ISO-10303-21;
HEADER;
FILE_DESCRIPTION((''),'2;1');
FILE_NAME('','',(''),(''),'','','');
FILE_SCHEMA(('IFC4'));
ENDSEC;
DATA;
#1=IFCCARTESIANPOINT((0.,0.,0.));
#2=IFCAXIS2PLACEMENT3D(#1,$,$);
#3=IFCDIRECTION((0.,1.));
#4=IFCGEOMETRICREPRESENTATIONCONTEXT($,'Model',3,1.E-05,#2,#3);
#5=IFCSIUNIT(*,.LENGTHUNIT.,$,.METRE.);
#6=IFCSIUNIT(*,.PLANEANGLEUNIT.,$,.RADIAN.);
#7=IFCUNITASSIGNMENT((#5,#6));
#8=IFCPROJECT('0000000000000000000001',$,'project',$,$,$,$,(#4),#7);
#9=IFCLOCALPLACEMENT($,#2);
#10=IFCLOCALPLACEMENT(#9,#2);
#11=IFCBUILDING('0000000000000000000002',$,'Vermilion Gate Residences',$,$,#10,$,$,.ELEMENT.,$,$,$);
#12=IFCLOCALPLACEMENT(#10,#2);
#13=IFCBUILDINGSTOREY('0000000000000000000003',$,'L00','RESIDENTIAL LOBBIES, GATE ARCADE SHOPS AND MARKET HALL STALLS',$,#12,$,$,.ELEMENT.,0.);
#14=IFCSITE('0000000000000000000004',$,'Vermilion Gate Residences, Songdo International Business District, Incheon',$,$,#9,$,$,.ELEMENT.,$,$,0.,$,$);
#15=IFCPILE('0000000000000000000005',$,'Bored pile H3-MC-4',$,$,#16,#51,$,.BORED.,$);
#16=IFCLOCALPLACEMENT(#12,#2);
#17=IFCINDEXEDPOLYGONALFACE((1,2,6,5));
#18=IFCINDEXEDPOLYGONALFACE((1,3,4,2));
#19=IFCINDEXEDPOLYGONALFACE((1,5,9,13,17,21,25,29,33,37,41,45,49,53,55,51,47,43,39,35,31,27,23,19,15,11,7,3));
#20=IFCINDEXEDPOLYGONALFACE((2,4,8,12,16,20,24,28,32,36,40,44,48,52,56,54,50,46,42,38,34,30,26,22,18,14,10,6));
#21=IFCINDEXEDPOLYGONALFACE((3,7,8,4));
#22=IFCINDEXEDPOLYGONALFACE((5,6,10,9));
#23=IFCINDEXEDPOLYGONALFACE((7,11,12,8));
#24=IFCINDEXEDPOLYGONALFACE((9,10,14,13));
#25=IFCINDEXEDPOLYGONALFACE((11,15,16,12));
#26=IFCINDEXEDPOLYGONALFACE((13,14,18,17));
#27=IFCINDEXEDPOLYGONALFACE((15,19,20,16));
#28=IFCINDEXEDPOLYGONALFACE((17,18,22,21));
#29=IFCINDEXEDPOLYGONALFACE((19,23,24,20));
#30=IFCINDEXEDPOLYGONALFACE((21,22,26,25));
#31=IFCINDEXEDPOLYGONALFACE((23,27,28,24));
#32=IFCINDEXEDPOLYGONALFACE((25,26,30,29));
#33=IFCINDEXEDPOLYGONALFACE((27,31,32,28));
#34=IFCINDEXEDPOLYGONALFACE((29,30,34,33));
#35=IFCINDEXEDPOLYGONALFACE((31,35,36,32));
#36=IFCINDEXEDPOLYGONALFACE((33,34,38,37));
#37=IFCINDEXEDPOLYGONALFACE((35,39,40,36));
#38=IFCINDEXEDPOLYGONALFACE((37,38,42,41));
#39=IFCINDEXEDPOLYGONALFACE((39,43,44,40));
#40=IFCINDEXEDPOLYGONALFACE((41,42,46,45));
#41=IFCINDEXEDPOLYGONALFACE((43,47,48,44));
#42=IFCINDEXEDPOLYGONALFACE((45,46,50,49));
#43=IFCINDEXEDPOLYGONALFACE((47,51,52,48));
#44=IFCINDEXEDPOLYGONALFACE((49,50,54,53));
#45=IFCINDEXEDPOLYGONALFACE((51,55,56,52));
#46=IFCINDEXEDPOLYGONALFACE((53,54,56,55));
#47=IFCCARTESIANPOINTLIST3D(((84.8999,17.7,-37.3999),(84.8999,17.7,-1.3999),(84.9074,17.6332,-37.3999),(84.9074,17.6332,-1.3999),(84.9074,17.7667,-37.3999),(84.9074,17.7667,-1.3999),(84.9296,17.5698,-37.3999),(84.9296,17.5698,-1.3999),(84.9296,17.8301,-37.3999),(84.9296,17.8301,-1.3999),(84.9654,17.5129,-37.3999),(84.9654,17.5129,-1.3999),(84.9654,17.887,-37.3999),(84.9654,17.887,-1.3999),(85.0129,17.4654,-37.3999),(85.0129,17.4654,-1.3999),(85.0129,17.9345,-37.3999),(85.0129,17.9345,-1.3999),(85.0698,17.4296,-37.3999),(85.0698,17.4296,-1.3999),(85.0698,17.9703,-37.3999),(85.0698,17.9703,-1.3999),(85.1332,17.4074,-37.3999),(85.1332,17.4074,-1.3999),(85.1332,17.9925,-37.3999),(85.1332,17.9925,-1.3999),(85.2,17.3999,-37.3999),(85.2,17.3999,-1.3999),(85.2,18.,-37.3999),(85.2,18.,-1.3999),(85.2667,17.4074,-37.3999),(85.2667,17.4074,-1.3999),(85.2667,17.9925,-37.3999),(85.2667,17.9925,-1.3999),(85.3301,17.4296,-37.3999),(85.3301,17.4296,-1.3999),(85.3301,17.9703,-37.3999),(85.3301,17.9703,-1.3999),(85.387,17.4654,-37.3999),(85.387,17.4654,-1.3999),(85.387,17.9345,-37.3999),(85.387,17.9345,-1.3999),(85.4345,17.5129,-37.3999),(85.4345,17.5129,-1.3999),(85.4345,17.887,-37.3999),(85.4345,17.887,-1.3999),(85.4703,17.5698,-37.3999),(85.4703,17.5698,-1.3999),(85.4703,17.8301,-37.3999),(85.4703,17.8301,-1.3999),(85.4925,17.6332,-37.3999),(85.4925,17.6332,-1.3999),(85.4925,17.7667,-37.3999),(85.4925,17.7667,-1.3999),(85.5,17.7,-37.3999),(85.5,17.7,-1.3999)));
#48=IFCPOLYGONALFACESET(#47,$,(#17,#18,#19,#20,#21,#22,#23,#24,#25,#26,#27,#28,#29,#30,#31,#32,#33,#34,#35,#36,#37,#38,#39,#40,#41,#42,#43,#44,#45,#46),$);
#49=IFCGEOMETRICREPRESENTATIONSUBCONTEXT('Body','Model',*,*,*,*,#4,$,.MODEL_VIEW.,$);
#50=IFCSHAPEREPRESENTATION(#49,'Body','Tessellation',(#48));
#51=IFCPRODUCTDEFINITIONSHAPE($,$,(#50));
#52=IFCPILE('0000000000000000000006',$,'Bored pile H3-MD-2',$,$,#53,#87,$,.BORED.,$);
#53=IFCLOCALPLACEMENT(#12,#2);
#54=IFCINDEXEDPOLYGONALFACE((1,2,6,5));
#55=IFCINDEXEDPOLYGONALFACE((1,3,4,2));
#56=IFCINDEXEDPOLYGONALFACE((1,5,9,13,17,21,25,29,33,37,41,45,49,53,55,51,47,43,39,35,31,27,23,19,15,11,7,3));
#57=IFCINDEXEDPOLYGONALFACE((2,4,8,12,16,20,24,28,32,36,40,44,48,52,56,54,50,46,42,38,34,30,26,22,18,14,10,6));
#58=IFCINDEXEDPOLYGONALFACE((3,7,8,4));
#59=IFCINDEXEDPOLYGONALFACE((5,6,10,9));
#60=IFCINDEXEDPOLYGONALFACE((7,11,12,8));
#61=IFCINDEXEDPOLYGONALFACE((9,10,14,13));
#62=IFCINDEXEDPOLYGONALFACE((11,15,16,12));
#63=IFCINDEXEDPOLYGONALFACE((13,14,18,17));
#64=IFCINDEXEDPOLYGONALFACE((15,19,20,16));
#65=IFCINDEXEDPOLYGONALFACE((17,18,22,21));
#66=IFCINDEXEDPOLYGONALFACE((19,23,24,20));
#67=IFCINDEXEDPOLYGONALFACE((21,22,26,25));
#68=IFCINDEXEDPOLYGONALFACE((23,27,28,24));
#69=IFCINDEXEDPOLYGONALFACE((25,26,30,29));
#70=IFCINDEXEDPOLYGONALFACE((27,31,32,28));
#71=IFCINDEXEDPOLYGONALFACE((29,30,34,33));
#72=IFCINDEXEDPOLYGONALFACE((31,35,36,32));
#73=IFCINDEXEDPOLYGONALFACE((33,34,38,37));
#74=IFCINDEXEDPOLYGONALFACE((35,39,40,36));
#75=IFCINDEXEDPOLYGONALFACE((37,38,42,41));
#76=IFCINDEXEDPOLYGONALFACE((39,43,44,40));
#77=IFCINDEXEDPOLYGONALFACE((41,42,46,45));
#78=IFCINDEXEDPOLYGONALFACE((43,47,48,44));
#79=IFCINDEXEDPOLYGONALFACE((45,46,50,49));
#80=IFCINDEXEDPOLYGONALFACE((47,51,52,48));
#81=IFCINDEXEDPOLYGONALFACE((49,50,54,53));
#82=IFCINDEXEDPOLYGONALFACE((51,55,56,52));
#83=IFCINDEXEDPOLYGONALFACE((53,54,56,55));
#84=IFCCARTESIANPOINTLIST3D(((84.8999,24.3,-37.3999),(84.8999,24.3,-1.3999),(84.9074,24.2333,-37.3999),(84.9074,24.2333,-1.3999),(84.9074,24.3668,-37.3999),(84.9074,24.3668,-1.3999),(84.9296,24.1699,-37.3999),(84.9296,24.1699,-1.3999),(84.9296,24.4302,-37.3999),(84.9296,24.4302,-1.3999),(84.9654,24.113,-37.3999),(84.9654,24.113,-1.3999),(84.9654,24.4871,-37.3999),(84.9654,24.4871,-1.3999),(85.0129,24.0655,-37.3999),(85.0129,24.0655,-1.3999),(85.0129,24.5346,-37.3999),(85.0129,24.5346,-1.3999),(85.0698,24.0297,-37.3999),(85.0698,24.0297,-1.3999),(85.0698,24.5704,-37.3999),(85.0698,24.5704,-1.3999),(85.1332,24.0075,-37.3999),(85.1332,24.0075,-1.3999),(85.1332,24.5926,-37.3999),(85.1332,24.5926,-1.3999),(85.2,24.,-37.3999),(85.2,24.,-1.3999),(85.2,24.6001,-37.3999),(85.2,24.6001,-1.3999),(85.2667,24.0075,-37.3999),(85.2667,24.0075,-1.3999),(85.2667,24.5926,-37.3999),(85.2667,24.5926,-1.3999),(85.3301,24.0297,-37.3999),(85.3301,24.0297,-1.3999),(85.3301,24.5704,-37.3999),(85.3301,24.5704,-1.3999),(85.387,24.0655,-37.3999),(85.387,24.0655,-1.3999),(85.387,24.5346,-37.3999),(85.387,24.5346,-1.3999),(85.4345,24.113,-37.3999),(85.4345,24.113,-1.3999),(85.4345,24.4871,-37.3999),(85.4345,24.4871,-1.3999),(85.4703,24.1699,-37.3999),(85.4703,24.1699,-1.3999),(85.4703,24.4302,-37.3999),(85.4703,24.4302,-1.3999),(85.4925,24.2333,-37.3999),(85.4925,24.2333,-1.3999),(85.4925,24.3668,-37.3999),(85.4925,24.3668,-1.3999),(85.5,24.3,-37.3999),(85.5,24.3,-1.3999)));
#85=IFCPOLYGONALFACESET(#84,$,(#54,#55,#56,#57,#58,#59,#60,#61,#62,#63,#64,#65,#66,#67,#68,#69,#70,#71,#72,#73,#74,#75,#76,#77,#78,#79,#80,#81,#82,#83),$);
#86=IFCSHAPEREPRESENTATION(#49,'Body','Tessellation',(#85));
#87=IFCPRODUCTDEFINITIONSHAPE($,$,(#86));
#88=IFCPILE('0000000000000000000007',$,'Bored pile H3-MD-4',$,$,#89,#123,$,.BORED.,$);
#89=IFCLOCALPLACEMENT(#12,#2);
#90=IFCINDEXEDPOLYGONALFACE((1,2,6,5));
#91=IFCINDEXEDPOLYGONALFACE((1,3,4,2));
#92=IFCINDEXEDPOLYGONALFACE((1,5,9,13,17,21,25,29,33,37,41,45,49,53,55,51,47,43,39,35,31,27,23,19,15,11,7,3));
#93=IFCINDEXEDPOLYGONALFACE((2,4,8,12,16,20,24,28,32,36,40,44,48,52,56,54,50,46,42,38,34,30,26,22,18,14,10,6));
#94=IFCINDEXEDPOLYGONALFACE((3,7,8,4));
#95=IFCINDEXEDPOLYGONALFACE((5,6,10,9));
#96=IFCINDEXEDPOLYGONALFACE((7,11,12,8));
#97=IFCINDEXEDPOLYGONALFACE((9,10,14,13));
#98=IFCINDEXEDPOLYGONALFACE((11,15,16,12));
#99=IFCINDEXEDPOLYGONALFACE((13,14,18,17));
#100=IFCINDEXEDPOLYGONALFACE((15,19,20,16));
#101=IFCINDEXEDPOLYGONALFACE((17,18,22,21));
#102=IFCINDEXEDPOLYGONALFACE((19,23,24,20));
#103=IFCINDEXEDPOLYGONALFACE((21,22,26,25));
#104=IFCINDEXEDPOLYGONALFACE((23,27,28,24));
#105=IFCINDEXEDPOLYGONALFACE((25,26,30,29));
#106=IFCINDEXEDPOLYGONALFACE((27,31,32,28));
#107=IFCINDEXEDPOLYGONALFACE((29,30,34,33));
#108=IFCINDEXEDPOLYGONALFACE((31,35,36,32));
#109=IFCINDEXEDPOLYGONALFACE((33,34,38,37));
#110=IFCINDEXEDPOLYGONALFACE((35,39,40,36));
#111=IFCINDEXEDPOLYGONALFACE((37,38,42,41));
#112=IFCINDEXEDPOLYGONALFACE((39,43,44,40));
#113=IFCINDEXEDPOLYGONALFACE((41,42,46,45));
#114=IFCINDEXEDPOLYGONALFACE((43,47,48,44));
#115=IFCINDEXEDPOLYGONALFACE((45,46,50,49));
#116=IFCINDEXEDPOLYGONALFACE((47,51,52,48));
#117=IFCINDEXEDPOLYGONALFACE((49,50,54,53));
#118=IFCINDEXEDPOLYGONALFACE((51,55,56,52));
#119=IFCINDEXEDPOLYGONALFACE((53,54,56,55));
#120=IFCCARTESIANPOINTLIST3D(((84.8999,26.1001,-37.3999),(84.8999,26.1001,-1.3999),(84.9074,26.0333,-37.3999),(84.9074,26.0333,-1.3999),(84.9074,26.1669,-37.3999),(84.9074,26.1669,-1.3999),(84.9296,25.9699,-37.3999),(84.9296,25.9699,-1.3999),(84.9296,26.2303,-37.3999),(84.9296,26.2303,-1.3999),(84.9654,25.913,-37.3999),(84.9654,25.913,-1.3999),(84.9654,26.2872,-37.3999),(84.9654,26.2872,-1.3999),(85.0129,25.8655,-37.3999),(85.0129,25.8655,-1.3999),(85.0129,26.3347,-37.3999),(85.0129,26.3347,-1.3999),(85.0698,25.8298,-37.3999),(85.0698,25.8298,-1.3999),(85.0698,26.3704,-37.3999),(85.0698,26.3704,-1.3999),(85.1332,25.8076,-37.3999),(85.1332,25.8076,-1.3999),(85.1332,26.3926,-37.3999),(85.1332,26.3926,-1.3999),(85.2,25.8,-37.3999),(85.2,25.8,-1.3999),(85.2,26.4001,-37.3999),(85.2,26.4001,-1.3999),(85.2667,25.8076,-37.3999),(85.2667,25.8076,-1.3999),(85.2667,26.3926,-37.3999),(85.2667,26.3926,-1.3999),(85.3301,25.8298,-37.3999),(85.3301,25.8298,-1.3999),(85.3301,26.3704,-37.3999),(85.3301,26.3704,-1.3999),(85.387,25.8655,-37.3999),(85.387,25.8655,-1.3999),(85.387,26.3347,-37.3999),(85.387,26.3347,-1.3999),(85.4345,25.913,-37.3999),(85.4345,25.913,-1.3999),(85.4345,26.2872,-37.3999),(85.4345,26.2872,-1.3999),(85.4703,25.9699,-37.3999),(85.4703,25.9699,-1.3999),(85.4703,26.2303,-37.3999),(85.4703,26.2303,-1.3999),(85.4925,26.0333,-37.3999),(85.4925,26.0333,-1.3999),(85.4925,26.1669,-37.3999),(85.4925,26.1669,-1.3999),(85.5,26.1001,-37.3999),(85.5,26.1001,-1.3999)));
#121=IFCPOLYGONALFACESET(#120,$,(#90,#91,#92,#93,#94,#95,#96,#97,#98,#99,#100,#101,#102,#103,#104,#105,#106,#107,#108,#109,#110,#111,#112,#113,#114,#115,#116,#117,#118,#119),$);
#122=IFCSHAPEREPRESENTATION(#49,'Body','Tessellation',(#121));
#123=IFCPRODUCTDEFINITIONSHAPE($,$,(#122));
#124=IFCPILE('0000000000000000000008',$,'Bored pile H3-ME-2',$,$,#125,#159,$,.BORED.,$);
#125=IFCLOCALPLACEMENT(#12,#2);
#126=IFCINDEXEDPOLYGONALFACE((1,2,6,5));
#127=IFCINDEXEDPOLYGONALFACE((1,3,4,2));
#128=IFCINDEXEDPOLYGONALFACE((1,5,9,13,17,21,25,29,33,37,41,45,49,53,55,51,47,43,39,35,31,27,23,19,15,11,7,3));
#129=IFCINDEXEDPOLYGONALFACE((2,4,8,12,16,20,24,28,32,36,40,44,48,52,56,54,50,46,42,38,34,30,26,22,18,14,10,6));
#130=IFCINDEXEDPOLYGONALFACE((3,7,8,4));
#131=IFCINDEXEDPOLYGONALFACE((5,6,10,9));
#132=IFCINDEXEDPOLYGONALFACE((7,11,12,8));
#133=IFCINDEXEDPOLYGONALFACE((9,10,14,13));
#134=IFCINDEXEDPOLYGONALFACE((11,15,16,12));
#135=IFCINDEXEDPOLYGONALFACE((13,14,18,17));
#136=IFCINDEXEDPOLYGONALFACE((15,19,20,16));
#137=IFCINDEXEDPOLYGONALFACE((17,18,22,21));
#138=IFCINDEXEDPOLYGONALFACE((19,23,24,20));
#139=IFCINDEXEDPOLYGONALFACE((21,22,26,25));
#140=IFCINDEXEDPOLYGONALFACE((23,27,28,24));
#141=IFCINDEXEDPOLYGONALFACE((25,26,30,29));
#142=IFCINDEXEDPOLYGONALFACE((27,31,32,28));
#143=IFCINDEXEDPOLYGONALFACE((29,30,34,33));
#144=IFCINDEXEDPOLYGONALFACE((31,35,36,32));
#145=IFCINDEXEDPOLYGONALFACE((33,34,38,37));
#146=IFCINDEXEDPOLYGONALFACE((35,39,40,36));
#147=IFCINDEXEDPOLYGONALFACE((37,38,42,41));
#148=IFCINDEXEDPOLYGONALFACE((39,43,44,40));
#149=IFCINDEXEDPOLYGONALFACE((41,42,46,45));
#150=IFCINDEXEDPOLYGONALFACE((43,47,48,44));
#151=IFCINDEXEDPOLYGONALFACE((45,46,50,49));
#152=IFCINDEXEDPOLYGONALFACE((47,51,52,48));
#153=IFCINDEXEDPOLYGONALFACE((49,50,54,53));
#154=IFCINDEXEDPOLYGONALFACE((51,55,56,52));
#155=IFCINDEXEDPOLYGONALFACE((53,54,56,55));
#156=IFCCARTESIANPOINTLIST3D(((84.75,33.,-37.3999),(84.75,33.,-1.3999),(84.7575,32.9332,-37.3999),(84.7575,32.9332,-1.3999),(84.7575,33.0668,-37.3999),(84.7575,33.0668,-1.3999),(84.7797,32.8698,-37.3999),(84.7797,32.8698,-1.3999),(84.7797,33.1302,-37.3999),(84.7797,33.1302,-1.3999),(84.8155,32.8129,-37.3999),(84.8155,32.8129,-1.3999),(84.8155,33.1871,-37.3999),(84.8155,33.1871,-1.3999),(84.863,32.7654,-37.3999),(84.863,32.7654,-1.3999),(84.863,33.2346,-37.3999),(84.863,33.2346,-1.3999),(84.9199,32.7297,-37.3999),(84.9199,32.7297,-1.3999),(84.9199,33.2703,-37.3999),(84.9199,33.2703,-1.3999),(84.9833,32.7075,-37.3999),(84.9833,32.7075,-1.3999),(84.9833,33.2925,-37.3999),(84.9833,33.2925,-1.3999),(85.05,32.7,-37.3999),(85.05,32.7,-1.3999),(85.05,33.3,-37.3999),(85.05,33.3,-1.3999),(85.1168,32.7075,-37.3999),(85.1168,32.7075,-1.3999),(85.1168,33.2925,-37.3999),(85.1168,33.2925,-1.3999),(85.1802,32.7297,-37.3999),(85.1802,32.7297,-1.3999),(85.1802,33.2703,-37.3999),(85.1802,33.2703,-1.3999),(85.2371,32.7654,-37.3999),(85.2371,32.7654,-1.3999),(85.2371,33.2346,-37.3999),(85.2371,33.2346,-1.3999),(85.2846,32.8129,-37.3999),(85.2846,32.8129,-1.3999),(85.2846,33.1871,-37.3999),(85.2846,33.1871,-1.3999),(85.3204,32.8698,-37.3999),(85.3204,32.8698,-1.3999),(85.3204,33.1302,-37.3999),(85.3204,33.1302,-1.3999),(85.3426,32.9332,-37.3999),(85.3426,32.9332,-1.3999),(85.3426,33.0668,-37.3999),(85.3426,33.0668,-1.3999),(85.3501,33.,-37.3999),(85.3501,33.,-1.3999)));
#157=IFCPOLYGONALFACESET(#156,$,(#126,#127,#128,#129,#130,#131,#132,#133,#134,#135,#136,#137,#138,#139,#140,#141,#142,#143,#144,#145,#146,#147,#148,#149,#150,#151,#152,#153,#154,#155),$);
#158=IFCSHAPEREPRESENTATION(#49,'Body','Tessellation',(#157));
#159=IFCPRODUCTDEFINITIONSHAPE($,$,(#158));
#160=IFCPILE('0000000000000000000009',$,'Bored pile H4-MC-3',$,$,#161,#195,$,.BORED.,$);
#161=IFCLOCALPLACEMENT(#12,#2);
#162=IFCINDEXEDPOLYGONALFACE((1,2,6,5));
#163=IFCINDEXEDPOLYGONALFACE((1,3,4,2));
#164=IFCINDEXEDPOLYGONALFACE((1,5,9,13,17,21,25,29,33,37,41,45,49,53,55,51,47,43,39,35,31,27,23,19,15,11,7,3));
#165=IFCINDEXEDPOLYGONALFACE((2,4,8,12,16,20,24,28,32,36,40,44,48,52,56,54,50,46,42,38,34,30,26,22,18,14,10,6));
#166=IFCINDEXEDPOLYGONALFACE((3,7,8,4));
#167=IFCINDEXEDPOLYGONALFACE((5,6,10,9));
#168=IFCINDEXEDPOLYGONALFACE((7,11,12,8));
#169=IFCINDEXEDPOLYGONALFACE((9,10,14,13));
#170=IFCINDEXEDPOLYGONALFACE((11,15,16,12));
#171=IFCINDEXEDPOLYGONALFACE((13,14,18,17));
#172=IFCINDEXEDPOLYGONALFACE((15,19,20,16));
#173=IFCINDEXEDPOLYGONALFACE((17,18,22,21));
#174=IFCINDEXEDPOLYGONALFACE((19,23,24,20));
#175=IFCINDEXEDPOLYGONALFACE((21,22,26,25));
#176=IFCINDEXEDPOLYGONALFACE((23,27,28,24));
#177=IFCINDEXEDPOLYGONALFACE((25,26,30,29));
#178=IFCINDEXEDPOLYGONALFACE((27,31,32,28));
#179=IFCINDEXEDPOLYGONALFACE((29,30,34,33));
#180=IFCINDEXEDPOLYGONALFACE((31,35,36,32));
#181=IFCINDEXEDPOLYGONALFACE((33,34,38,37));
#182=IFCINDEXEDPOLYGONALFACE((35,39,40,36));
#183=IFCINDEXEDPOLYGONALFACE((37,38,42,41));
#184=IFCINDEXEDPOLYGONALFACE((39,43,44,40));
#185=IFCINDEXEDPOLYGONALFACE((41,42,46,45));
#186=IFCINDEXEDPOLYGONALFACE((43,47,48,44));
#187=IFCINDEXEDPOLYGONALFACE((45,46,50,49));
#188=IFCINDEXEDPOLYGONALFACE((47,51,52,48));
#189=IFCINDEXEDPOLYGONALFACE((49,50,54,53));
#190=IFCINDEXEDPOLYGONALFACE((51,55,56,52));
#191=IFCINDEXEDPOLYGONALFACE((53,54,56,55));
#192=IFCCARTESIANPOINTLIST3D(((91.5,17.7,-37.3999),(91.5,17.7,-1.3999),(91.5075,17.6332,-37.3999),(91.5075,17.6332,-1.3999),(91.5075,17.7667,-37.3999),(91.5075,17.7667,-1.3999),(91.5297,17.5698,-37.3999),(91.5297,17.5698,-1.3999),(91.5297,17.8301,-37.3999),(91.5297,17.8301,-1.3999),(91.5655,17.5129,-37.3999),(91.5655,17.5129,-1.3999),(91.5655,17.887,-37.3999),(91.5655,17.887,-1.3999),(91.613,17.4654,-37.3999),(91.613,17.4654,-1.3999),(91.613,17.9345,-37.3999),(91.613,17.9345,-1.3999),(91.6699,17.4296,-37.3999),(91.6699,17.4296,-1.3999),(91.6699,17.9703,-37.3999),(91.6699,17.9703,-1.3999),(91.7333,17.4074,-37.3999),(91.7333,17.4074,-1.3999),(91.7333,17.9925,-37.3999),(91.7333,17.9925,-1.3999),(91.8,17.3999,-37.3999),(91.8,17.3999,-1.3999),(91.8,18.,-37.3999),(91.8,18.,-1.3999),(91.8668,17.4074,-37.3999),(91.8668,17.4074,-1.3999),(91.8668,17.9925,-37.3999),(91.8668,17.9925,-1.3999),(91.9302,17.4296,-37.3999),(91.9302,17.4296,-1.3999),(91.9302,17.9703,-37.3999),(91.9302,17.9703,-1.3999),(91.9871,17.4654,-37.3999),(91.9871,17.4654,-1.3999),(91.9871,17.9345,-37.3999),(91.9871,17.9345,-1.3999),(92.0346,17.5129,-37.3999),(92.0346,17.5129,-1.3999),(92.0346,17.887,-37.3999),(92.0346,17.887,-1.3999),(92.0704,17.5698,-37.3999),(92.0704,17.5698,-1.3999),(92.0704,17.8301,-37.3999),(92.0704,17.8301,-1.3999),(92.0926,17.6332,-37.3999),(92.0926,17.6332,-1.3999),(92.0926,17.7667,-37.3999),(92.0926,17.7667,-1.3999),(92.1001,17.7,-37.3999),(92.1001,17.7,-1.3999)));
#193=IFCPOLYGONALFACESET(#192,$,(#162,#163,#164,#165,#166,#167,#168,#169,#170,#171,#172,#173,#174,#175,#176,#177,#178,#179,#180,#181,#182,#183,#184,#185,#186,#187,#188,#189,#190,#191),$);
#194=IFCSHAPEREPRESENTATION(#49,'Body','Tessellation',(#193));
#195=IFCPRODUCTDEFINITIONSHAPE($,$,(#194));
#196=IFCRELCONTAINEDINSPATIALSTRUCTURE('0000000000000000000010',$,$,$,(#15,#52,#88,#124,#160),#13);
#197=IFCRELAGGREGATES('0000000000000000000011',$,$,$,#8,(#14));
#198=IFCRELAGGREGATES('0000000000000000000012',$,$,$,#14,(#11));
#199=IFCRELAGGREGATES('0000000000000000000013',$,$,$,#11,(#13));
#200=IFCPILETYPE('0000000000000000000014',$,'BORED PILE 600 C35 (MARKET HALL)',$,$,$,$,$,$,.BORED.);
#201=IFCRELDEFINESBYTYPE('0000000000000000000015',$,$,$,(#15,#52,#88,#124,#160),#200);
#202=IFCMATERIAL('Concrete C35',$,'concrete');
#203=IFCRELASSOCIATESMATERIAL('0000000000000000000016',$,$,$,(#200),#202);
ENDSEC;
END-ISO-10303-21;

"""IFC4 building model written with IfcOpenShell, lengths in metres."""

from ifc_helpers import new_model, si_unit, direction, frame, origin, origin_2d, place, context, subcontext, project, spatial, circle, extrude, material, material_profile, profile_set, type_object, element, save


model = new_model("IFC4")

# Units and contexts
model_context = context("Model", 3, precision=1e-05, world=origin(), true_north=direction((0.0, 1.0)))
body_context = subcontext(model_context, "Body", "Model", "MODEL_VIEW")
ifc_project = project(units=[si_unit("LENGTHUNIT", "METRE"), si_unit("PLANEANGLEUNIT", "RADIAN")], contexts=[model_context])

# Site, building, storey
site_placement = place(None, origin())
site = spatial("IfcSite", under=ifc_project, at=site_placement, Name="Vermilion Gate Residences, Songdo International Business District, Incheon", CompositionType="ELEMENT", RefElevation=0.0)
building_placement = place(site_placement, origin())
building = spatial("IfcBuilding", under=site, at=building_placement, Name="Vermilion Gate Residences", CompositionType="ELEMENT")
storey_placement = place(building_placement, origin())
storey = spatial("IfcBuildingStorey", under=building, at=storey_placement, Name="L00", Description="RESIDENTIAL LOBBIES, GATE ARCADE SHOPS AND MARKET HALL STALLS", CompositionType="ELEMENT", Elevation=0.0)

# Piles
ifc_material_1 = material(Name="Concrete C35", Category="concrete")
ifc_material_profile_1 = material_profile(ifc_material_1, circle(Radius=0.3, at=origin_2d()), Name="BORED PILE 600 C35 (MARKET HALL)")
ifc_profile_set_1 = profile_set([ifc_material_profile_1], Name="Concrete C35")
pile_type = type_object("IfcPileType", Name="BORED PILE 600 C35 (MARKET HALL)", PredefinedType="BORED", material=ifc_profile_set_1)
for number, where, z_axis, x_axis, name in (
    (1, (85.2, 17.7, -1.3999), (0.0, 0.0, -1.0), (1.0, 0.0, 0.0), "Bored pile H3-MC-4"),
    (2, (85.2, 24.3, -1.3999), (0.0, 0.0, -1.0), (1.0, 0.0, 0.0), "Bored pile H3-MD-2"),
    (3, (85.2, 26.1001, -1.3999), (0.0, 0.0, -1.0), (1.0, 0.0, 0.0), "Bored pile H3-MD-4"),
    (4, (85.05, 33.0, -1.3999), (0.0, 0.0, -1.0), (1.0, 0.0, 0.0), "Bored pile H3-ME-2"),
    (5, (91.8, 17.7, -1.3999), (0.0, 0.0, -1.0), (1.0, 0.0, 0.0), "Bored pile H4-MC-3"),
):
    element("IfcPile", number, at=place(storey_placement, frame(where, z_axis=z_axis, x_axis=x_axis)), inside=storey, type_object=pile_type, Name=name, PredefinedType="BORED", context=body_context, shape_type="SweptSolid", body=[
        extrude(circle(Radius=0.3, at=origin_2d()), origin(), (0.0, 0.0, 1.0), 36.0),
    ])

save(model, "model.ifc")
